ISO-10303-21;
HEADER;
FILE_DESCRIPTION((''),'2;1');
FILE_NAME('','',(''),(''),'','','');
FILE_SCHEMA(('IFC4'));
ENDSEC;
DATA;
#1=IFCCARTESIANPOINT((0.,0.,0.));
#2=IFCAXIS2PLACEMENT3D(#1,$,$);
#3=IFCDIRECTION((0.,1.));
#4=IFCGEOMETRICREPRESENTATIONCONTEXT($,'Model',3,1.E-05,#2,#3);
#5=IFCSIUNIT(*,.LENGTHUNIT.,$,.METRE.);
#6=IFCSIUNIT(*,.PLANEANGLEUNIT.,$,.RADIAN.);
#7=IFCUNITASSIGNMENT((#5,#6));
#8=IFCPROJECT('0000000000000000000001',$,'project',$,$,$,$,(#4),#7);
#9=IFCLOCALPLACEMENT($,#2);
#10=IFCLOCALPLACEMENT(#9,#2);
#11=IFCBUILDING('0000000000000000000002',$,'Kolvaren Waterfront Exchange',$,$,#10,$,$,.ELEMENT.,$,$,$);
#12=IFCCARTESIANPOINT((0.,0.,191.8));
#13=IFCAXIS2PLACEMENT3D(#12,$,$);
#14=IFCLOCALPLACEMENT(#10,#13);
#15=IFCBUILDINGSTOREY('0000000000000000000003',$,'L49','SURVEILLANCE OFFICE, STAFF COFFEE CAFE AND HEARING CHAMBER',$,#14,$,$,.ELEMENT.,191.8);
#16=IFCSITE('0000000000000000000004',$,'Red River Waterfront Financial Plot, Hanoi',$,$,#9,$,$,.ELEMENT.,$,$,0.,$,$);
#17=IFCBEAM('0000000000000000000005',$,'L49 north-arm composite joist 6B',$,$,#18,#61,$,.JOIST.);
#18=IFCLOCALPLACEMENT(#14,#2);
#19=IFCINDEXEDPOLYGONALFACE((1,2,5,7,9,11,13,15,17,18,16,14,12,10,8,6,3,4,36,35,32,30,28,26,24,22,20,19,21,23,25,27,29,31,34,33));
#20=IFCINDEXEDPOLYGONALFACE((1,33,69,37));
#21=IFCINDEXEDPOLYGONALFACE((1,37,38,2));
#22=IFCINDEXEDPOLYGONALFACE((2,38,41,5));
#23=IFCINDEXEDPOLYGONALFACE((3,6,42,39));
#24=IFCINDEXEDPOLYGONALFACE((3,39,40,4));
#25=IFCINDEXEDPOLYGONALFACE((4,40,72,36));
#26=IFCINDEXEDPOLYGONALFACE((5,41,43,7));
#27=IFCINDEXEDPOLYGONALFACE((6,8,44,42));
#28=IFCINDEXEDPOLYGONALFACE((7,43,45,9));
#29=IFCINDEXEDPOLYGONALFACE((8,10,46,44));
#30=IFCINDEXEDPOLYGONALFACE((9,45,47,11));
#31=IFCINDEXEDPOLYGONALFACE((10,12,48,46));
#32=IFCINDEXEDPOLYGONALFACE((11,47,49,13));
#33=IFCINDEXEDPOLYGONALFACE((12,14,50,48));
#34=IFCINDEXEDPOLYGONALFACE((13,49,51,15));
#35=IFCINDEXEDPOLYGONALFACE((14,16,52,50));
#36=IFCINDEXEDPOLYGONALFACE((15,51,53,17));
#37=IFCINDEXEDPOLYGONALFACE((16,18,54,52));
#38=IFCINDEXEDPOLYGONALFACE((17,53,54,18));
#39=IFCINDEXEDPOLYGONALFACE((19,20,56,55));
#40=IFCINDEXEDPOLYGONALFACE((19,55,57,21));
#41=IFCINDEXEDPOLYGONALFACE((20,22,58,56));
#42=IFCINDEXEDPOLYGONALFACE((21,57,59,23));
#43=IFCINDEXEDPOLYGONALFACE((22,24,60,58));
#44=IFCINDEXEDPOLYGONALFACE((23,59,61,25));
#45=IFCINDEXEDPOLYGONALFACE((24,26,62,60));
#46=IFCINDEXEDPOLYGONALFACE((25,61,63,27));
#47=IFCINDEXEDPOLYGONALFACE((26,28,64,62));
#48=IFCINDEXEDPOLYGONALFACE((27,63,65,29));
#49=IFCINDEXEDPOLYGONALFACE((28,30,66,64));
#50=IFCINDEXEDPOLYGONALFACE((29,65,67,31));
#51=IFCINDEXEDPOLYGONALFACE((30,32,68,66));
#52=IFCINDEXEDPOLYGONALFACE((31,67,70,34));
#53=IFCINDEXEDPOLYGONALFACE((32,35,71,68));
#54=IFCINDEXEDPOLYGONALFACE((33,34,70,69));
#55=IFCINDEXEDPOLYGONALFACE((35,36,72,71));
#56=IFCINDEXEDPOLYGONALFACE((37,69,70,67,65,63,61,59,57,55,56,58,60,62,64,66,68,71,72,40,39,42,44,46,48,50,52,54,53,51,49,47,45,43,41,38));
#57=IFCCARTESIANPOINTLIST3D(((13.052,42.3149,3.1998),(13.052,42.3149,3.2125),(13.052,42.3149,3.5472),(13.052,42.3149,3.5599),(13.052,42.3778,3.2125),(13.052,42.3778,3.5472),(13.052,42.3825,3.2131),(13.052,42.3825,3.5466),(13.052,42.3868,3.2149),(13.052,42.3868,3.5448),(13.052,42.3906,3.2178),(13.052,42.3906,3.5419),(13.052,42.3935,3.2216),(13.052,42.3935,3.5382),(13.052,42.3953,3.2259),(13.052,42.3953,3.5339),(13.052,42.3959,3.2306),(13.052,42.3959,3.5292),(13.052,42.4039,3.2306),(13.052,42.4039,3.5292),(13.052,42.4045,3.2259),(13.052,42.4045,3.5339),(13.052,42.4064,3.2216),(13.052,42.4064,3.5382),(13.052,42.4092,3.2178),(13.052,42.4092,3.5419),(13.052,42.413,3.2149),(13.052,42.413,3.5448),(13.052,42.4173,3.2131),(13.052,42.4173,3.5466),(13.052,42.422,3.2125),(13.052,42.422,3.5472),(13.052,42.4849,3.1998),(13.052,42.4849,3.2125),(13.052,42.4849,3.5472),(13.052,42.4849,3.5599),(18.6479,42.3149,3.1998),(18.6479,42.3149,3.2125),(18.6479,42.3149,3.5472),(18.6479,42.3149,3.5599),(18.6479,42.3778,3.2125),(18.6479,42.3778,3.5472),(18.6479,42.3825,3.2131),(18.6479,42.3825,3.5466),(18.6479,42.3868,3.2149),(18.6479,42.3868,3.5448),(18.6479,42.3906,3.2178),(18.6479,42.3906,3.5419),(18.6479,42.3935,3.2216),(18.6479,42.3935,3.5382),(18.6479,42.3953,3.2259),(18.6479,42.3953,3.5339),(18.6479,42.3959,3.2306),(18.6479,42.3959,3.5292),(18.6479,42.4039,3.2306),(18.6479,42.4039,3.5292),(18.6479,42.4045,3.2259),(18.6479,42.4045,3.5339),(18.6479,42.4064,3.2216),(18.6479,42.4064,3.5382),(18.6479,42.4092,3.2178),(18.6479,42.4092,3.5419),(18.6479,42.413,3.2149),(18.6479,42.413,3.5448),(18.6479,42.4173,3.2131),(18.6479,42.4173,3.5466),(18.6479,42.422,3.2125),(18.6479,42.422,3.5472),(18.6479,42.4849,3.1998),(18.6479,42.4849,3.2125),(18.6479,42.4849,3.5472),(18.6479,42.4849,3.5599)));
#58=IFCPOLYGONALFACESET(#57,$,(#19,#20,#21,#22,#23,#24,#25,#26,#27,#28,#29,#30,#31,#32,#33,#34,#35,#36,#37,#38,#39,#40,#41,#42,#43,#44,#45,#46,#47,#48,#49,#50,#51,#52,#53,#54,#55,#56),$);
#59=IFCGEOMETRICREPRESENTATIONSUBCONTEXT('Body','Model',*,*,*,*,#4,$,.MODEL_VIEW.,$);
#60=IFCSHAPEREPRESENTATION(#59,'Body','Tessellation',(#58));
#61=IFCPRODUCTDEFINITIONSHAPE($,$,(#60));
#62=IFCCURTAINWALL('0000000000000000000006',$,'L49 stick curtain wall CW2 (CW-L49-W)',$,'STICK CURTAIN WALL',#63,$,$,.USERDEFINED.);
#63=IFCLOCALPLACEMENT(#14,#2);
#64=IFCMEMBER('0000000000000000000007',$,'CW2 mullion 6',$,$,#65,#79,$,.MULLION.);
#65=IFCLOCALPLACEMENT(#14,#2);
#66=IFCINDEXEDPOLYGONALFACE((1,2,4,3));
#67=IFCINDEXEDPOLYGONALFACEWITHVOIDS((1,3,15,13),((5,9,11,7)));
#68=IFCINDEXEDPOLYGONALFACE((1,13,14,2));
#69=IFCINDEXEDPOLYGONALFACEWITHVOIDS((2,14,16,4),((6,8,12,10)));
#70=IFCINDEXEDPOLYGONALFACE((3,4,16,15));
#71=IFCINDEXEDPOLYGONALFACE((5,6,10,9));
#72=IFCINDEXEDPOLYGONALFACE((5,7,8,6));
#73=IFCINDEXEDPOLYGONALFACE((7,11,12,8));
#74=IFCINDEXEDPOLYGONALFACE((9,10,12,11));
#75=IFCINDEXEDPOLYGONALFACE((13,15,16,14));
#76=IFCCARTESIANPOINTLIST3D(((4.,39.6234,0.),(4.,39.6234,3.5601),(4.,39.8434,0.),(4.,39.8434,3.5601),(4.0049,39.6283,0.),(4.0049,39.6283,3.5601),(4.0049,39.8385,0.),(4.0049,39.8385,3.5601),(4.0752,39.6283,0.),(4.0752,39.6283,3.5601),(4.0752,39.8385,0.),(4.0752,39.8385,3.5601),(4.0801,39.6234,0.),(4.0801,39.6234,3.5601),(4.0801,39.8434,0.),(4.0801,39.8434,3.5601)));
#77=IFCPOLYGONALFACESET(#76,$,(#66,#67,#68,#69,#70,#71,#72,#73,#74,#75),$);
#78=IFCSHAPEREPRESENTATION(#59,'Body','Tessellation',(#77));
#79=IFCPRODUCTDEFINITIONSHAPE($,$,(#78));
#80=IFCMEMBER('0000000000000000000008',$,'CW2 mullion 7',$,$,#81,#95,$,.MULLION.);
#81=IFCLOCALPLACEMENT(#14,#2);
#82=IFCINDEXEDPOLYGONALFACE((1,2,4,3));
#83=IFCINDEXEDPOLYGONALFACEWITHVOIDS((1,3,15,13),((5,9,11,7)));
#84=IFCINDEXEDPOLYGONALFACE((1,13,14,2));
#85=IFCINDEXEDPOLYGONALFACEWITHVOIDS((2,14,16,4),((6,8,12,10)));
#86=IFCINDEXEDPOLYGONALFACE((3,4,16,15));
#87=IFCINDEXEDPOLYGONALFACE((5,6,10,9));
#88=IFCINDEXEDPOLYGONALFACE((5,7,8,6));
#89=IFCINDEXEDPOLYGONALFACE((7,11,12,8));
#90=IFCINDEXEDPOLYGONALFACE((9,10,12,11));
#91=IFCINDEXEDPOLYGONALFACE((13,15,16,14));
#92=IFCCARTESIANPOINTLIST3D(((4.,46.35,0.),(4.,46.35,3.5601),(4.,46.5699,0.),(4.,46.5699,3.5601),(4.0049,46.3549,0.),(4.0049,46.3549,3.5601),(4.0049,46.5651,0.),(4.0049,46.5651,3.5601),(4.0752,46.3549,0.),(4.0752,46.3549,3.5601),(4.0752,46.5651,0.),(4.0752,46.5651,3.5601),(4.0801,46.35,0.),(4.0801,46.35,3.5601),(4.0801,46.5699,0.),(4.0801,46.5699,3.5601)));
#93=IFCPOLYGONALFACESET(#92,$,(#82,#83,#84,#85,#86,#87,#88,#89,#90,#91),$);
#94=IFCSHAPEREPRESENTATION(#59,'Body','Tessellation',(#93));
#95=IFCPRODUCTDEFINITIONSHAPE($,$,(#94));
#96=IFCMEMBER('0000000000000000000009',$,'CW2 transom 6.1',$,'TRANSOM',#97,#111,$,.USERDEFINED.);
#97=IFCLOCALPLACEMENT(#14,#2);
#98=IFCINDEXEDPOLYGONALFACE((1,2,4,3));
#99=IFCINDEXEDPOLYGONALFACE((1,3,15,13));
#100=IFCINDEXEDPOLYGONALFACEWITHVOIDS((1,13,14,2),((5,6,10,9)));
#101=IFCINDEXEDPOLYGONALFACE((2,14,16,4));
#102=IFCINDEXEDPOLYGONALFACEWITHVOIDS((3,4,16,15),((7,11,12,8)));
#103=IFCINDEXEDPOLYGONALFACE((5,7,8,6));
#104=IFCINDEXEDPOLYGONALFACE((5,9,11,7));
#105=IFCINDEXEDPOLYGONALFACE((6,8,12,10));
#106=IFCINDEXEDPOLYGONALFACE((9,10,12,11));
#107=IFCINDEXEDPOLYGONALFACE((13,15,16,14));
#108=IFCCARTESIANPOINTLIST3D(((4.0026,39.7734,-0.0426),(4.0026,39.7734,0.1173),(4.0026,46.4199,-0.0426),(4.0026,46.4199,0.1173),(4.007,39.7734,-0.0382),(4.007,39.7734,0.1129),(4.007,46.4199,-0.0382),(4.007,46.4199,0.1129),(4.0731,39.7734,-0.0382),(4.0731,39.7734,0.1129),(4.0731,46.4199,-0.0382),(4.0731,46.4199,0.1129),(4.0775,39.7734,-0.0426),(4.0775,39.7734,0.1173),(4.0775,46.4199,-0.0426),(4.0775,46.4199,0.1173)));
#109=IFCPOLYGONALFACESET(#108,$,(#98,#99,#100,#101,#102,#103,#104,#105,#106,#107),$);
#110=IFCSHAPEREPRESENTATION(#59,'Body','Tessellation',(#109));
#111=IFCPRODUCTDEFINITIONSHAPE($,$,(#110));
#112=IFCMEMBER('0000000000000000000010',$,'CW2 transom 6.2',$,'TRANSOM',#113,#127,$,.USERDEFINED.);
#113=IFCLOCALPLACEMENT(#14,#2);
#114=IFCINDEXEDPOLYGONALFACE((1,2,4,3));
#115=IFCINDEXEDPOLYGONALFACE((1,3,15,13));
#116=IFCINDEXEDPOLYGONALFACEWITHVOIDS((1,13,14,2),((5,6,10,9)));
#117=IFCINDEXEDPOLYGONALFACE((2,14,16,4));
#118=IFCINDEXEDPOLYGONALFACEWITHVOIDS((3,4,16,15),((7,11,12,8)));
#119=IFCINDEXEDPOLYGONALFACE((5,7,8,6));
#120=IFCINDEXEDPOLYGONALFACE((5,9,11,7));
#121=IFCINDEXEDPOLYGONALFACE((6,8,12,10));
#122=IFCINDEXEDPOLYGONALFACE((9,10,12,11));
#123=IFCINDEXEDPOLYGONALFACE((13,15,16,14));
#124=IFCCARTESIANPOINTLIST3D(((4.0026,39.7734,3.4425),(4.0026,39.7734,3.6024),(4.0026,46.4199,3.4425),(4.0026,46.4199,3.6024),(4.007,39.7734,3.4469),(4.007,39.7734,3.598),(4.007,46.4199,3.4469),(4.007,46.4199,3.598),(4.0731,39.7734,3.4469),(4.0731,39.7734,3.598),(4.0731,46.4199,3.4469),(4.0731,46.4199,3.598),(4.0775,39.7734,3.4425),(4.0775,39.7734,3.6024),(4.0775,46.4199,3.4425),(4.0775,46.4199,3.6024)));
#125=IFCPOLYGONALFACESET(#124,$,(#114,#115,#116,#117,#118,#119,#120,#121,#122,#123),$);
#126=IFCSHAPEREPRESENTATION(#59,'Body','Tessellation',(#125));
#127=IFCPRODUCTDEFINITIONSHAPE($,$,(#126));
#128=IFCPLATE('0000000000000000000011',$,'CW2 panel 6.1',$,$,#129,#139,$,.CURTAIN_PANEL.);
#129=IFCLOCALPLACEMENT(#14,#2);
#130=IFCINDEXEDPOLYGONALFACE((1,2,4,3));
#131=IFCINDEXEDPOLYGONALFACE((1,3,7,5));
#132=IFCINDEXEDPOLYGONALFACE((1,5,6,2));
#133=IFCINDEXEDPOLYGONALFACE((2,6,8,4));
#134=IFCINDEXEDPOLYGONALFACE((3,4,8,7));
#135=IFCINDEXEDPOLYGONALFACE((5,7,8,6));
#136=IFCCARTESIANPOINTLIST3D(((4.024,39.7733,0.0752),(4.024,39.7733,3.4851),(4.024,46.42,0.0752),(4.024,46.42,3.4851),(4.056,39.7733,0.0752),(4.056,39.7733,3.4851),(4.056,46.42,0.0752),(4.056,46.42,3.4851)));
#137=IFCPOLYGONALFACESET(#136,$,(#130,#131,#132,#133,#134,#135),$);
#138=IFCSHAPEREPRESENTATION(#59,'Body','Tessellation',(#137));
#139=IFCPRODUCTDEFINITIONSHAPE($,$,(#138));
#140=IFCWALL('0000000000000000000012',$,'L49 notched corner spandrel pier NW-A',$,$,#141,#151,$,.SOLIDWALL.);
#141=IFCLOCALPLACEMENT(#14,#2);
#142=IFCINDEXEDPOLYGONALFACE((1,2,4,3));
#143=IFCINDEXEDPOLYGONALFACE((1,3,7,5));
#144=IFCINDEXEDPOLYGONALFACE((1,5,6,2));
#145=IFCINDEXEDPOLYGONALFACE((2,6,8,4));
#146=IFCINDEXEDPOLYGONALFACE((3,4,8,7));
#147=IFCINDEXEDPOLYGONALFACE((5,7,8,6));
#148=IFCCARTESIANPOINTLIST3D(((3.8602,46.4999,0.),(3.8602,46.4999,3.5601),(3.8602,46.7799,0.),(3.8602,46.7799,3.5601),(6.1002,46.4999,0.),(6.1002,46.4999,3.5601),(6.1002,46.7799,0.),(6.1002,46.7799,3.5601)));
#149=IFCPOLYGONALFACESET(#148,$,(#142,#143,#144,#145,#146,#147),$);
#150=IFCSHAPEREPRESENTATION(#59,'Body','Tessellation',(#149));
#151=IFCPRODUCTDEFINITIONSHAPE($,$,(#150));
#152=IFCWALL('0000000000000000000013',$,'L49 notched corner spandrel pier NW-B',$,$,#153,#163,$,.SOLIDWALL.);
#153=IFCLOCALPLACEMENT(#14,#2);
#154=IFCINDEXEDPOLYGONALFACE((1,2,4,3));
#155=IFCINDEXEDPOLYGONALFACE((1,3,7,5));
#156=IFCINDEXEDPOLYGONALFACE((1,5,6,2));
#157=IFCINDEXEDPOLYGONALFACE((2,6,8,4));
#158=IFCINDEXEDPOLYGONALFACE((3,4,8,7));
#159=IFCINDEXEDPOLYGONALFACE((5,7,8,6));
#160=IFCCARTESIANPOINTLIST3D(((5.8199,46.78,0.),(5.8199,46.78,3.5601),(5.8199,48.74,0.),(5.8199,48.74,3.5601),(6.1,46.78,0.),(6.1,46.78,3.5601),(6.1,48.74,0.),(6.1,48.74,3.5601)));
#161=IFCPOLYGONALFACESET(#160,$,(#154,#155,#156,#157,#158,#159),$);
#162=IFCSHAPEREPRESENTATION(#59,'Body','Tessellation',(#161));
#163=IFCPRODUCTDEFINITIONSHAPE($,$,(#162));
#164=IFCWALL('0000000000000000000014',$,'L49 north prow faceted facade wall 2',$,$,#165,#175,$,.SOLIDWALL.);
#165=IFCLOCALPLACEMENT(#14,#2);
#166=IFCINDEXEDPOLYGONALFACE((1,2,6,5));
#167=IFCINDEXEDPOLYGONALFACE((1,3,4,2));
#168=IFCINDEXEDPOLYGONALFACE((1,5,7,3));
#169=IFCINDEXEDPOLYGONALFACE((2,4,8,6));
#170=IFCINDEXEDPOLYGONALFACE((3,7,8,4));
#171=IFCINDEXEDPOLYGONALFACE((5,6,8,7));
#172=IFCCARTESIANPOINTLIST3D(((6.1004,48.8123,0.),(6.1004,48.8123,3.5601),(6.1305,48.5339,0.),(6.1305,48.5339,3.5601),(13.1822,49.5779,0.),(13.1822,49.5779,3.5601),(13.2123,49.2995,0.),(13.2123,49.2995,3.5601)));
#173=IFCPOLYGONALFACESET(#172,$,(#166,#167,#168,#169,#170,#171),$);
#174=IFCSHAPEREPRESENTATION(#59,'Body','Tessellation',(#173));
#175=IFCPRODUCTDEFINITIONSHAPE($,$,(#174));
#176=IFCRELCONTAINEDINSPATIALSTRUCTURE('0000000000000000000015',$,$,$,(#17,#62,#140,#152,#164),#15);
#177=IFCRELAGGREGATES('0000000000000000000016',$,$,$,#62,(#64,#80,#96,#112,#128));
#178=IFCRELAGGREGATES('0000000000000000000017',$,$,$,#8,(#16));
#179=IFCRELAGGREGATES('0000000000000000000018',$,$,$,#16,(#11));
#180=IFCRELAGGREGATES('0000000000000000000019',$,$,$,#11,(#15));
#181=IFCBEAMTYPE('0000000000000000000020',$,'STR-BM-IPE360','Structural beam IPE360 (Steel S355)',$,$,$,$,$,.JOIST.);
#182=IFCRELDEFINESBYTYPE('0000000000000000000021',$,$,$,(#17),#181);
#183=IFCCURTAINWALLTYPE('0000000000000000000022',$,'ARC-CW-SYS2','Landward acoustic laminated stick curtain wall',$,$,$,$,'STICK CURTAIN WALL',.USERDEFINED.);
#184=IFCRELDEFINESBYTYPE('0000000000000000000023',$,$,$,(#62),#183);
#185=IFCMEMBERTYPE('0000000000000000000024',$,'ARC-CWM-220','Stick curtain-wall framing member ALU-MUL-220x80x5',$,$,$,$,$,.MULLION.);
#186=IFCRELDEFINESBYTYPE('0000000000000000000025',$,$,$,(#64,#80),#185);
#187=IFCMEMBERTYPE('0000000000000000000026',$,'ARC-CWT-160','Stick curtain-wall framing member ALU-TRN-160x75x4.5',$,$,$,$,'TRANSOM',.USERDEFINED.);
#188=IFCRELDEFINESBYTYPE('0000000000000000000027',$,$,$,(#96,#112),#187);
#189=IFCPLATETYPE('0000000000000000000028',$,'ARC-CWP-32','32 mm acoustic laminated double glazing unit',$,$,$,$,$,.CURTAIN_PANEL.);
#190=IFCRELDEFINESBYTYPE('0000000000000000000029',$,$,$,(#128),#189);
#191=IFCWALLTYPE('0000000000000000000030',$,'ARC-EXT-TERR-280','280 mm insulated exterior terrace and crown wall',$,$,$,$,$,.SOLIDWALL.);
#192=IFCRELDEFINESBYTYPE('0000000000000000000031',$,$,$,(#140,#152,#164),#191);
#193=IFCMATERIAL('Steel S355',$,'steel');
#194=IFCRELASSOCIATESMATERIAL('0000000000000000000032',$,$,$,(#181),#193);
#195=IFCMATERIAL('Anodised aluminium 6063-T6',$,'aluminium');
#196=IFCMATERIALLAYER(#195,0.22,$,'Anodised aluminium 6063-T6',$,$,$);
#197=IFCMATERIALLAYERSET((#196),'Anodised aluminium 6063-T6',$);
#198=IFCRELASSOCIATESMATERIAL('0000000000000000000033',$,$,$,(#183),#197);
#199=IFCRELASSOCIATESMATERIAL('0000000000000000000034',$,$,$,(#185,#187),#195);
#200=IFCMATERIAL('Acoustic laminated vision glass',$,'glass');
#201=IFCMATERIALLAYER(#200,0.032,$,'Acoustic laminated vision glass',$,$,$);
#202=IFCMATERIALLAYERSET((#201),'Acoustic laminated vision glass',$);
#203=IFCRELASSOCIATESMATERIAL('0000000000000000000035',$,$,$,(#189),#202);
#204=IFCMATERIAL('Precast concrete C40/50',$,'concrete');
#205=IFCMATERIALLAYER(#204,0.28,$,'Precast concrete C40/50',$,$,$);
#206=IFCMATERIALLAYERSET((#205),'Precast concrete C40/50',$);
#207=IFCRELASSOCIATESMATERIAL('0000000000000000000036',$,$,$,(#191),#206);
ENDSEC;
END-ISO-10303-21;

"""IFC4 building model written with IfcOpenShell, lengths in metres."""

from ifc_helpers import new_model, si_unit, direction, frame, frame_2d, origin, origin_with_axes, origin_2d, place, context, subcontext, project, spatial, rectangle, hollow_rectangle, i_section, extrude, source, transform, mapped, material, layer, layer_set, material_profile, profile_set, type_object, element, aggregate, save


model = new_model("IFC4")

# Units and contexts
model_context = context("Model", 3, precision=1e-05, world=origin(), true_north=direction((0.0, 1.0)))
body_context = subcontext(model_context, "Body", "Model", "MODEL_VIEW")
ifc_project = project(units=[si_unit("LENGTHUNIT", "METRE"), si_unit("PLANEANGLEUNIT", "RADIAN")], contexts=[model_context])

# Site, building, storey
site_placement = place(None, origin())
site = spatial("IfcSite", under=ifc_project, at=site_placement, Name="Red River Waterfront Financial Plot, Hanoi", CompositionType="ELEMENT", RefElevation=0.0)
building_placement = place(site_placement, origin())
building = spatial("IfcBuilding", under=site, at=building_placement, Name="Kolvaren Waterfront Exchange", CompositionType="ELEMENT")
storey_placement = place(building_placement, frame((0.0, 0.0, 191.8)))
storey = spatial("IfcBuildingStorey", under=building, at=storey_placement, Name="L49", Description="SURVEILLANCE OFFICE, STAFF COFFEE CAFE AND HEARING CHAMBER", CompositionType="ELEMENT", Elevation=191.8)

# Beam
ifc_material_1 = material(Name="Steel S355", Category="steel")
ifc_material_profile_1 = material_profile(ifc_material_1, i_section(OverallWidth=0.1699, OverallDepth=0.3601, WebThickness=0.0081, FlangeThickness=0.0127, FilletRadius=0.0181, at=origin_2d()), Name="IPE360")
ifc_profile_set_1 = profile_set([ifc_material_profile_1], Name="Steel S355")
beam_type_1 = type_object("IfcBeamType", Name="STR-BM-IPE360", Description="Structural beam IPE360 (Steel S355)", PredefinedType="JOIST", material=ifc_profile_set_1)
beam_1_placement = place(storey_placement, frame((13.052, 42.3999, 3.3799), z_axis=(1.0, 0.0, 0.0), x_axis=(0.0, 1.0, 0.0)))
element("IfcBeam", 1, at=beam_1_placement, inside=storey, type_object=beam_type_1, Name="L49 north-arm composite joist 6B", PredefinedType="JOIST", context=body_context, shape_type="SweptSolid", body=[
    extrude(i_section(OverallWidth=0.1699, OverallDepth=0.3601, WebThickness=0.0081, FlangeThickness=0.0127, FilletRadius=0.0181, at=origin_2d()), origin(), (0.0, 0.0, 1.0), 5.5959),
])

# Curtain wall, members, plate
ifc_material_2 = material(Name="Anodised aluminium 6063-T6", Category="aluminium")
ifc_layer_1 = layer(ifc_material_2, 0.22, Name="Anodised aluminium 6063-T6")
ifc_layer_set_1 = layer_set([ifc_layer_1], Name="Anodised aluminium 6063-T6")
curtain_wall_type = type_object("IfcCurtainWallType", Name="ARC-CW-SYS2", Description="Landward acoustic laminated stick curtain wall", ElementType="STICK CURTAIN WALL", PredefinedType="USERDEFINED", material=ifc_layer_set_1)
curtain_wall_placement = place(storey_placement, origin())
curtain_wall = element("IfcCurtainWall", 2, at=curtain_wall_placement, inside=storey, type_object=curtain_wall_type, Name="L49 stick curtain wall CW2 (CW-L49-W)", ObjectType="STICK CURTAIN WALL", PredefinedType="USERDEFINED")
ifc_material_profile_2 = material_profile(ifc_material_2, hollow_rectangle(XDim=0.0801, YDim=0.22, WallThickness=0.0049, at=origin_2d()), Name="ALU-MUL-220x80x5")
ifc_profile_set_2 = profile_set([ifc_material_profile_2], Name="Anodised aluminium 6063-T6")
member_type_1 = type_object("IfcMemberType", Name="ARC-CWM-220", Description="Stick curtain-wall framing member ALU-MUL-220x80x5", PredefinedType="MULLION", material=ifc_profile_set_2)
shared_shape_1 = source(origin_with_axes(), body_context, "Body", "SweptSolid", [
    extrude(hollow_rectangle(XDim=0.0801, YDim=0.22, WallThickness=0.0049, at=origin_2d()), origin(), (0.0, 0.0, 1.0), 3.5601),
])
member_1_placement = place(storey_placement, frame((4.04, 39.7334, 0.0), z_axis=(0.0, 0.0, 1.0), x_axis=(-1.0, 0.0, 0.0)))
member_1 = element("IfcMember", 3, at=member_1_placement, type_object=member_type_1, Name="CW2 mullion 6", PredefinedType="MULLION", context=body_context, shape_type="MappedRepresentation", body=[
    mapped(shared_shape_1, transform((0.0, 0.0, 0.0), x_axis=(1.0, 0.0, 0.0), y_axis=(0.0, 1.0, 0.0), z_axis=(0.0, 0.0, 1.0), scale=1.0)),
])
member_2_placement = place(storey_placement, frame((4.04, 46.46, 0.0), z_axis=(0.0, 0.0, 1.0), x_axis=(-1.0, 0.0, 0.0)))
member_2 = element("IfcMember", 4, at=member_2_placement, type_object=member_type_1, Name="CW2 mullion 7", PredefinedType="MULLION", context=body_context, shape_type="MappedRepresentation", body=[
    mapped(shared_shape_1, transform((0.0, 0.0, 0.0), x_axis=(1.0, 0.0, 0.0), y_axis=(0.0, 1.0, 0.0), z_axis=(0.0, 0.0, 1.0), scale=1.0)),
])
ifc_material_profile_3 = material_profile(ifc_material_2, hollow_rectangle(XDim=0.075, YDim=0.1599, WallThickness=0.0044, at=origin_2d()), Name="ALU-TRN-160x75x4.5")
ifc_profile_set_3 = profile_set([ifc_material_profile_3], Name="Anodised aluminium 6063-T6")
member_type_2 = type_object("IfcMemberType", Name="ARC-CWT-160", Description="Stick curtain-wall framing member ALU-TRN-160x75x4.5", ElementType="TRANSOM", PredefinedType="USERDEFINED", material=ifc_profile_set_3)
shared_shape_2 = source(origin_with_axes(), body_context, "Body", "SweptSolid", [
    extrude(hollow_rectangle(XDim=0.075, YDim=0.1599, WallThickness=0.0044, at=origin_2d()), origin(), (0.0, 0.0, 1.0), 6.6465),
])
member_3_placement = place(storey_placement, frame((4.04, 39.7734, 0.0374), z_axis=(0.0, 1.0, 0.0), x_axis=(-1.0, 0.0, 0.0)))
member_3 = element("IfcMember", 5, at=member_3_placement, type_object=member_type_2, Name="CW2 transom 6.1", ObjectType="TRANSOM", PredefinedType="USERDEFINED", context=body_context, shape_type="MappedRepresentation", body=[
    mapped(shared_shape_2, transform((0.0, 0.0, 0.0), x_axis=(1.0, 0.0, 0.0), y_axis=(0.0, 1.0, 0.0), z_axis=(0.0, 0.0, 1.0), scale=1.0)),
])
member_4_placement = place(storey_placement, frame((4.04, 39.7734, 3.5225), z_axis=(0.0, 1.0, 0.0), x_axis=(-1.0, 0.0, 0.0)))
member_4 = element("IfcMember", 6, at=member_4_placement, type_object=member_type_2, Name="CW2 transom 6.2", ObjectType="TRANSOM", PredefinedType="USERDEFINED", context=body_context, shape_type="MappedRepresentation", body=[
    mapped(shared_shape_2, transform((0.0, 0.0, 0.0), x_axis=(1.0, 0.0, 0.0), y_axis=(0.0, 1.0, 0.0), z_axis=(0.0, 0.0, 1.0), scale=1.0)),
])
ifc_material_3 = material(Name="Acoustic laminated vision glass", Category="glass")
ifc_layer_2 = layer(ifc_material_3, 0.032, Name="Acoustic laminated vision glass")
ifc_layer_set_2 = layer_set([ifc_layer_2], Name="Acoustic laminated vision glass")
plate_type = type_object("IfcPlateType", Name="ARC-CWP-32", Description="32 mm acoustic laminated double glazing unit", PredefinedType="CURTAIN_PANEL", material=ifc_layer_set_2)
shared_shape_3 = source(origin_with_axes(), body_context, "Body", "SweptSolid", [
    extrude(rectangle(XDim=6.6467, YDim=0.032, at=origin_2d()), origin(), (0.0, 0.0, 1.0), 3.4099),
])
plate_placement = place(storey_placement, frame((4.04, 43.0967, 0.0752), z_axis=(0.0, 0.0, 1.0), x_axis=(0.0, 1.0, 0.0)))
plate = element("IfcPlate", 7, at=plate_placement, type_object=plate_type, Name="CW2 panel 6.1", PredefinedType="CURTAIN_PANEL", context=body_context, shape_type="MappedRepresentation", body=[
    mapped(shared_shape_3, transform((0.0, 0.0, 0.0), x_axis=(1.0, 0.0, 0.0), y_axis=(0.0, 1.0, 0.0), z_axis=(0.0, 0.0, 1.0), scale=1.0)),
])
aggregate(curtain_wall, [member_1, member_2, member_3, member_4, plate])

# Walls
ifc_material_4 = material(Name="Precast concrete C40/50", Category="concrete")
ifc_layer_3 = layer(ifc_material_4, 0.28, Name="Precast concrete C40/50")
ifc_layer_set_3 = layer_set([ifc_layer_3], Name="Precast concrete C40/50")
wall_type_1 = type_object("IfcWallType", Name="ARC-EXT-TERR-280", Description="280 mm insulated exterior terrace and crown wall", PredefinedType="SOLIDWALL", material=ifc_layer_set_3)
wall_1_placement = place(storey_placement, frame((3.8601, 46.6399, 0.0), z_axis=(0.0, 0.0, 1.0), x_axis=(1.0, 0.0, 0.0)))
element("IfcWall", 8, at=wall_1_placement, inside=storey, type_object=wall_type_1, Name="L49 notched corner spandrel pier NW-A", PredefinedType="SOLIDWALL", context=body_context, shape_type="SweptSolid", body=[
    extrude(rectangle(XDim=2.24, YDim=0.28, at=frame_2d((1.1201, 0.0))), origin(), (0.0, 0.0, 1.0), 3.5601),
])
wall_2_placement = place(storey_placement, frame((5.96, 46.78, 0.0), z_axis=(0.0, 0.0, 1.0), x_axis=(0.0, 1.0, 0.0)))
element("IfcWall", 9, at=wall_2_placement, inside=storey, type_object=wall_type_1, Name="L49 notched corner spandrel pier NW-B", PredefinedType="SOLIDWALL", context=body_context, shape_type="SweptSolid", body=[
    extrude(rectangle(XDim=1.96, YDim=0.28, at=frame_2d((0.98, 0.0))), origin(), (0.0, 0.0, 1.0), 3.5601),
])
wall_3_placement = place(storey_placement, frame((13.1973, 49.4387, 0.0), z_axis=(0.0, 0.0, 1.0), x_axis=(-0.994207, -0.107486, 0.0)))
element("IfcWall", 10, at=wall_3_placement, inside=storey, type_object=wall_type_1, Name="L49 north prow faceted facade wall 2", PredefinedType="SOLIDWALL", context=body_context, shape_type="SweptSolid", body=[
    extrude(rectangle(XDim=7.123, YDim=0.28, at=frame_2d((3.5615, 0.0))), origin(), (0.0, 0.0, 1.0), 3.5601),
])

save(model, "model.ifc")
